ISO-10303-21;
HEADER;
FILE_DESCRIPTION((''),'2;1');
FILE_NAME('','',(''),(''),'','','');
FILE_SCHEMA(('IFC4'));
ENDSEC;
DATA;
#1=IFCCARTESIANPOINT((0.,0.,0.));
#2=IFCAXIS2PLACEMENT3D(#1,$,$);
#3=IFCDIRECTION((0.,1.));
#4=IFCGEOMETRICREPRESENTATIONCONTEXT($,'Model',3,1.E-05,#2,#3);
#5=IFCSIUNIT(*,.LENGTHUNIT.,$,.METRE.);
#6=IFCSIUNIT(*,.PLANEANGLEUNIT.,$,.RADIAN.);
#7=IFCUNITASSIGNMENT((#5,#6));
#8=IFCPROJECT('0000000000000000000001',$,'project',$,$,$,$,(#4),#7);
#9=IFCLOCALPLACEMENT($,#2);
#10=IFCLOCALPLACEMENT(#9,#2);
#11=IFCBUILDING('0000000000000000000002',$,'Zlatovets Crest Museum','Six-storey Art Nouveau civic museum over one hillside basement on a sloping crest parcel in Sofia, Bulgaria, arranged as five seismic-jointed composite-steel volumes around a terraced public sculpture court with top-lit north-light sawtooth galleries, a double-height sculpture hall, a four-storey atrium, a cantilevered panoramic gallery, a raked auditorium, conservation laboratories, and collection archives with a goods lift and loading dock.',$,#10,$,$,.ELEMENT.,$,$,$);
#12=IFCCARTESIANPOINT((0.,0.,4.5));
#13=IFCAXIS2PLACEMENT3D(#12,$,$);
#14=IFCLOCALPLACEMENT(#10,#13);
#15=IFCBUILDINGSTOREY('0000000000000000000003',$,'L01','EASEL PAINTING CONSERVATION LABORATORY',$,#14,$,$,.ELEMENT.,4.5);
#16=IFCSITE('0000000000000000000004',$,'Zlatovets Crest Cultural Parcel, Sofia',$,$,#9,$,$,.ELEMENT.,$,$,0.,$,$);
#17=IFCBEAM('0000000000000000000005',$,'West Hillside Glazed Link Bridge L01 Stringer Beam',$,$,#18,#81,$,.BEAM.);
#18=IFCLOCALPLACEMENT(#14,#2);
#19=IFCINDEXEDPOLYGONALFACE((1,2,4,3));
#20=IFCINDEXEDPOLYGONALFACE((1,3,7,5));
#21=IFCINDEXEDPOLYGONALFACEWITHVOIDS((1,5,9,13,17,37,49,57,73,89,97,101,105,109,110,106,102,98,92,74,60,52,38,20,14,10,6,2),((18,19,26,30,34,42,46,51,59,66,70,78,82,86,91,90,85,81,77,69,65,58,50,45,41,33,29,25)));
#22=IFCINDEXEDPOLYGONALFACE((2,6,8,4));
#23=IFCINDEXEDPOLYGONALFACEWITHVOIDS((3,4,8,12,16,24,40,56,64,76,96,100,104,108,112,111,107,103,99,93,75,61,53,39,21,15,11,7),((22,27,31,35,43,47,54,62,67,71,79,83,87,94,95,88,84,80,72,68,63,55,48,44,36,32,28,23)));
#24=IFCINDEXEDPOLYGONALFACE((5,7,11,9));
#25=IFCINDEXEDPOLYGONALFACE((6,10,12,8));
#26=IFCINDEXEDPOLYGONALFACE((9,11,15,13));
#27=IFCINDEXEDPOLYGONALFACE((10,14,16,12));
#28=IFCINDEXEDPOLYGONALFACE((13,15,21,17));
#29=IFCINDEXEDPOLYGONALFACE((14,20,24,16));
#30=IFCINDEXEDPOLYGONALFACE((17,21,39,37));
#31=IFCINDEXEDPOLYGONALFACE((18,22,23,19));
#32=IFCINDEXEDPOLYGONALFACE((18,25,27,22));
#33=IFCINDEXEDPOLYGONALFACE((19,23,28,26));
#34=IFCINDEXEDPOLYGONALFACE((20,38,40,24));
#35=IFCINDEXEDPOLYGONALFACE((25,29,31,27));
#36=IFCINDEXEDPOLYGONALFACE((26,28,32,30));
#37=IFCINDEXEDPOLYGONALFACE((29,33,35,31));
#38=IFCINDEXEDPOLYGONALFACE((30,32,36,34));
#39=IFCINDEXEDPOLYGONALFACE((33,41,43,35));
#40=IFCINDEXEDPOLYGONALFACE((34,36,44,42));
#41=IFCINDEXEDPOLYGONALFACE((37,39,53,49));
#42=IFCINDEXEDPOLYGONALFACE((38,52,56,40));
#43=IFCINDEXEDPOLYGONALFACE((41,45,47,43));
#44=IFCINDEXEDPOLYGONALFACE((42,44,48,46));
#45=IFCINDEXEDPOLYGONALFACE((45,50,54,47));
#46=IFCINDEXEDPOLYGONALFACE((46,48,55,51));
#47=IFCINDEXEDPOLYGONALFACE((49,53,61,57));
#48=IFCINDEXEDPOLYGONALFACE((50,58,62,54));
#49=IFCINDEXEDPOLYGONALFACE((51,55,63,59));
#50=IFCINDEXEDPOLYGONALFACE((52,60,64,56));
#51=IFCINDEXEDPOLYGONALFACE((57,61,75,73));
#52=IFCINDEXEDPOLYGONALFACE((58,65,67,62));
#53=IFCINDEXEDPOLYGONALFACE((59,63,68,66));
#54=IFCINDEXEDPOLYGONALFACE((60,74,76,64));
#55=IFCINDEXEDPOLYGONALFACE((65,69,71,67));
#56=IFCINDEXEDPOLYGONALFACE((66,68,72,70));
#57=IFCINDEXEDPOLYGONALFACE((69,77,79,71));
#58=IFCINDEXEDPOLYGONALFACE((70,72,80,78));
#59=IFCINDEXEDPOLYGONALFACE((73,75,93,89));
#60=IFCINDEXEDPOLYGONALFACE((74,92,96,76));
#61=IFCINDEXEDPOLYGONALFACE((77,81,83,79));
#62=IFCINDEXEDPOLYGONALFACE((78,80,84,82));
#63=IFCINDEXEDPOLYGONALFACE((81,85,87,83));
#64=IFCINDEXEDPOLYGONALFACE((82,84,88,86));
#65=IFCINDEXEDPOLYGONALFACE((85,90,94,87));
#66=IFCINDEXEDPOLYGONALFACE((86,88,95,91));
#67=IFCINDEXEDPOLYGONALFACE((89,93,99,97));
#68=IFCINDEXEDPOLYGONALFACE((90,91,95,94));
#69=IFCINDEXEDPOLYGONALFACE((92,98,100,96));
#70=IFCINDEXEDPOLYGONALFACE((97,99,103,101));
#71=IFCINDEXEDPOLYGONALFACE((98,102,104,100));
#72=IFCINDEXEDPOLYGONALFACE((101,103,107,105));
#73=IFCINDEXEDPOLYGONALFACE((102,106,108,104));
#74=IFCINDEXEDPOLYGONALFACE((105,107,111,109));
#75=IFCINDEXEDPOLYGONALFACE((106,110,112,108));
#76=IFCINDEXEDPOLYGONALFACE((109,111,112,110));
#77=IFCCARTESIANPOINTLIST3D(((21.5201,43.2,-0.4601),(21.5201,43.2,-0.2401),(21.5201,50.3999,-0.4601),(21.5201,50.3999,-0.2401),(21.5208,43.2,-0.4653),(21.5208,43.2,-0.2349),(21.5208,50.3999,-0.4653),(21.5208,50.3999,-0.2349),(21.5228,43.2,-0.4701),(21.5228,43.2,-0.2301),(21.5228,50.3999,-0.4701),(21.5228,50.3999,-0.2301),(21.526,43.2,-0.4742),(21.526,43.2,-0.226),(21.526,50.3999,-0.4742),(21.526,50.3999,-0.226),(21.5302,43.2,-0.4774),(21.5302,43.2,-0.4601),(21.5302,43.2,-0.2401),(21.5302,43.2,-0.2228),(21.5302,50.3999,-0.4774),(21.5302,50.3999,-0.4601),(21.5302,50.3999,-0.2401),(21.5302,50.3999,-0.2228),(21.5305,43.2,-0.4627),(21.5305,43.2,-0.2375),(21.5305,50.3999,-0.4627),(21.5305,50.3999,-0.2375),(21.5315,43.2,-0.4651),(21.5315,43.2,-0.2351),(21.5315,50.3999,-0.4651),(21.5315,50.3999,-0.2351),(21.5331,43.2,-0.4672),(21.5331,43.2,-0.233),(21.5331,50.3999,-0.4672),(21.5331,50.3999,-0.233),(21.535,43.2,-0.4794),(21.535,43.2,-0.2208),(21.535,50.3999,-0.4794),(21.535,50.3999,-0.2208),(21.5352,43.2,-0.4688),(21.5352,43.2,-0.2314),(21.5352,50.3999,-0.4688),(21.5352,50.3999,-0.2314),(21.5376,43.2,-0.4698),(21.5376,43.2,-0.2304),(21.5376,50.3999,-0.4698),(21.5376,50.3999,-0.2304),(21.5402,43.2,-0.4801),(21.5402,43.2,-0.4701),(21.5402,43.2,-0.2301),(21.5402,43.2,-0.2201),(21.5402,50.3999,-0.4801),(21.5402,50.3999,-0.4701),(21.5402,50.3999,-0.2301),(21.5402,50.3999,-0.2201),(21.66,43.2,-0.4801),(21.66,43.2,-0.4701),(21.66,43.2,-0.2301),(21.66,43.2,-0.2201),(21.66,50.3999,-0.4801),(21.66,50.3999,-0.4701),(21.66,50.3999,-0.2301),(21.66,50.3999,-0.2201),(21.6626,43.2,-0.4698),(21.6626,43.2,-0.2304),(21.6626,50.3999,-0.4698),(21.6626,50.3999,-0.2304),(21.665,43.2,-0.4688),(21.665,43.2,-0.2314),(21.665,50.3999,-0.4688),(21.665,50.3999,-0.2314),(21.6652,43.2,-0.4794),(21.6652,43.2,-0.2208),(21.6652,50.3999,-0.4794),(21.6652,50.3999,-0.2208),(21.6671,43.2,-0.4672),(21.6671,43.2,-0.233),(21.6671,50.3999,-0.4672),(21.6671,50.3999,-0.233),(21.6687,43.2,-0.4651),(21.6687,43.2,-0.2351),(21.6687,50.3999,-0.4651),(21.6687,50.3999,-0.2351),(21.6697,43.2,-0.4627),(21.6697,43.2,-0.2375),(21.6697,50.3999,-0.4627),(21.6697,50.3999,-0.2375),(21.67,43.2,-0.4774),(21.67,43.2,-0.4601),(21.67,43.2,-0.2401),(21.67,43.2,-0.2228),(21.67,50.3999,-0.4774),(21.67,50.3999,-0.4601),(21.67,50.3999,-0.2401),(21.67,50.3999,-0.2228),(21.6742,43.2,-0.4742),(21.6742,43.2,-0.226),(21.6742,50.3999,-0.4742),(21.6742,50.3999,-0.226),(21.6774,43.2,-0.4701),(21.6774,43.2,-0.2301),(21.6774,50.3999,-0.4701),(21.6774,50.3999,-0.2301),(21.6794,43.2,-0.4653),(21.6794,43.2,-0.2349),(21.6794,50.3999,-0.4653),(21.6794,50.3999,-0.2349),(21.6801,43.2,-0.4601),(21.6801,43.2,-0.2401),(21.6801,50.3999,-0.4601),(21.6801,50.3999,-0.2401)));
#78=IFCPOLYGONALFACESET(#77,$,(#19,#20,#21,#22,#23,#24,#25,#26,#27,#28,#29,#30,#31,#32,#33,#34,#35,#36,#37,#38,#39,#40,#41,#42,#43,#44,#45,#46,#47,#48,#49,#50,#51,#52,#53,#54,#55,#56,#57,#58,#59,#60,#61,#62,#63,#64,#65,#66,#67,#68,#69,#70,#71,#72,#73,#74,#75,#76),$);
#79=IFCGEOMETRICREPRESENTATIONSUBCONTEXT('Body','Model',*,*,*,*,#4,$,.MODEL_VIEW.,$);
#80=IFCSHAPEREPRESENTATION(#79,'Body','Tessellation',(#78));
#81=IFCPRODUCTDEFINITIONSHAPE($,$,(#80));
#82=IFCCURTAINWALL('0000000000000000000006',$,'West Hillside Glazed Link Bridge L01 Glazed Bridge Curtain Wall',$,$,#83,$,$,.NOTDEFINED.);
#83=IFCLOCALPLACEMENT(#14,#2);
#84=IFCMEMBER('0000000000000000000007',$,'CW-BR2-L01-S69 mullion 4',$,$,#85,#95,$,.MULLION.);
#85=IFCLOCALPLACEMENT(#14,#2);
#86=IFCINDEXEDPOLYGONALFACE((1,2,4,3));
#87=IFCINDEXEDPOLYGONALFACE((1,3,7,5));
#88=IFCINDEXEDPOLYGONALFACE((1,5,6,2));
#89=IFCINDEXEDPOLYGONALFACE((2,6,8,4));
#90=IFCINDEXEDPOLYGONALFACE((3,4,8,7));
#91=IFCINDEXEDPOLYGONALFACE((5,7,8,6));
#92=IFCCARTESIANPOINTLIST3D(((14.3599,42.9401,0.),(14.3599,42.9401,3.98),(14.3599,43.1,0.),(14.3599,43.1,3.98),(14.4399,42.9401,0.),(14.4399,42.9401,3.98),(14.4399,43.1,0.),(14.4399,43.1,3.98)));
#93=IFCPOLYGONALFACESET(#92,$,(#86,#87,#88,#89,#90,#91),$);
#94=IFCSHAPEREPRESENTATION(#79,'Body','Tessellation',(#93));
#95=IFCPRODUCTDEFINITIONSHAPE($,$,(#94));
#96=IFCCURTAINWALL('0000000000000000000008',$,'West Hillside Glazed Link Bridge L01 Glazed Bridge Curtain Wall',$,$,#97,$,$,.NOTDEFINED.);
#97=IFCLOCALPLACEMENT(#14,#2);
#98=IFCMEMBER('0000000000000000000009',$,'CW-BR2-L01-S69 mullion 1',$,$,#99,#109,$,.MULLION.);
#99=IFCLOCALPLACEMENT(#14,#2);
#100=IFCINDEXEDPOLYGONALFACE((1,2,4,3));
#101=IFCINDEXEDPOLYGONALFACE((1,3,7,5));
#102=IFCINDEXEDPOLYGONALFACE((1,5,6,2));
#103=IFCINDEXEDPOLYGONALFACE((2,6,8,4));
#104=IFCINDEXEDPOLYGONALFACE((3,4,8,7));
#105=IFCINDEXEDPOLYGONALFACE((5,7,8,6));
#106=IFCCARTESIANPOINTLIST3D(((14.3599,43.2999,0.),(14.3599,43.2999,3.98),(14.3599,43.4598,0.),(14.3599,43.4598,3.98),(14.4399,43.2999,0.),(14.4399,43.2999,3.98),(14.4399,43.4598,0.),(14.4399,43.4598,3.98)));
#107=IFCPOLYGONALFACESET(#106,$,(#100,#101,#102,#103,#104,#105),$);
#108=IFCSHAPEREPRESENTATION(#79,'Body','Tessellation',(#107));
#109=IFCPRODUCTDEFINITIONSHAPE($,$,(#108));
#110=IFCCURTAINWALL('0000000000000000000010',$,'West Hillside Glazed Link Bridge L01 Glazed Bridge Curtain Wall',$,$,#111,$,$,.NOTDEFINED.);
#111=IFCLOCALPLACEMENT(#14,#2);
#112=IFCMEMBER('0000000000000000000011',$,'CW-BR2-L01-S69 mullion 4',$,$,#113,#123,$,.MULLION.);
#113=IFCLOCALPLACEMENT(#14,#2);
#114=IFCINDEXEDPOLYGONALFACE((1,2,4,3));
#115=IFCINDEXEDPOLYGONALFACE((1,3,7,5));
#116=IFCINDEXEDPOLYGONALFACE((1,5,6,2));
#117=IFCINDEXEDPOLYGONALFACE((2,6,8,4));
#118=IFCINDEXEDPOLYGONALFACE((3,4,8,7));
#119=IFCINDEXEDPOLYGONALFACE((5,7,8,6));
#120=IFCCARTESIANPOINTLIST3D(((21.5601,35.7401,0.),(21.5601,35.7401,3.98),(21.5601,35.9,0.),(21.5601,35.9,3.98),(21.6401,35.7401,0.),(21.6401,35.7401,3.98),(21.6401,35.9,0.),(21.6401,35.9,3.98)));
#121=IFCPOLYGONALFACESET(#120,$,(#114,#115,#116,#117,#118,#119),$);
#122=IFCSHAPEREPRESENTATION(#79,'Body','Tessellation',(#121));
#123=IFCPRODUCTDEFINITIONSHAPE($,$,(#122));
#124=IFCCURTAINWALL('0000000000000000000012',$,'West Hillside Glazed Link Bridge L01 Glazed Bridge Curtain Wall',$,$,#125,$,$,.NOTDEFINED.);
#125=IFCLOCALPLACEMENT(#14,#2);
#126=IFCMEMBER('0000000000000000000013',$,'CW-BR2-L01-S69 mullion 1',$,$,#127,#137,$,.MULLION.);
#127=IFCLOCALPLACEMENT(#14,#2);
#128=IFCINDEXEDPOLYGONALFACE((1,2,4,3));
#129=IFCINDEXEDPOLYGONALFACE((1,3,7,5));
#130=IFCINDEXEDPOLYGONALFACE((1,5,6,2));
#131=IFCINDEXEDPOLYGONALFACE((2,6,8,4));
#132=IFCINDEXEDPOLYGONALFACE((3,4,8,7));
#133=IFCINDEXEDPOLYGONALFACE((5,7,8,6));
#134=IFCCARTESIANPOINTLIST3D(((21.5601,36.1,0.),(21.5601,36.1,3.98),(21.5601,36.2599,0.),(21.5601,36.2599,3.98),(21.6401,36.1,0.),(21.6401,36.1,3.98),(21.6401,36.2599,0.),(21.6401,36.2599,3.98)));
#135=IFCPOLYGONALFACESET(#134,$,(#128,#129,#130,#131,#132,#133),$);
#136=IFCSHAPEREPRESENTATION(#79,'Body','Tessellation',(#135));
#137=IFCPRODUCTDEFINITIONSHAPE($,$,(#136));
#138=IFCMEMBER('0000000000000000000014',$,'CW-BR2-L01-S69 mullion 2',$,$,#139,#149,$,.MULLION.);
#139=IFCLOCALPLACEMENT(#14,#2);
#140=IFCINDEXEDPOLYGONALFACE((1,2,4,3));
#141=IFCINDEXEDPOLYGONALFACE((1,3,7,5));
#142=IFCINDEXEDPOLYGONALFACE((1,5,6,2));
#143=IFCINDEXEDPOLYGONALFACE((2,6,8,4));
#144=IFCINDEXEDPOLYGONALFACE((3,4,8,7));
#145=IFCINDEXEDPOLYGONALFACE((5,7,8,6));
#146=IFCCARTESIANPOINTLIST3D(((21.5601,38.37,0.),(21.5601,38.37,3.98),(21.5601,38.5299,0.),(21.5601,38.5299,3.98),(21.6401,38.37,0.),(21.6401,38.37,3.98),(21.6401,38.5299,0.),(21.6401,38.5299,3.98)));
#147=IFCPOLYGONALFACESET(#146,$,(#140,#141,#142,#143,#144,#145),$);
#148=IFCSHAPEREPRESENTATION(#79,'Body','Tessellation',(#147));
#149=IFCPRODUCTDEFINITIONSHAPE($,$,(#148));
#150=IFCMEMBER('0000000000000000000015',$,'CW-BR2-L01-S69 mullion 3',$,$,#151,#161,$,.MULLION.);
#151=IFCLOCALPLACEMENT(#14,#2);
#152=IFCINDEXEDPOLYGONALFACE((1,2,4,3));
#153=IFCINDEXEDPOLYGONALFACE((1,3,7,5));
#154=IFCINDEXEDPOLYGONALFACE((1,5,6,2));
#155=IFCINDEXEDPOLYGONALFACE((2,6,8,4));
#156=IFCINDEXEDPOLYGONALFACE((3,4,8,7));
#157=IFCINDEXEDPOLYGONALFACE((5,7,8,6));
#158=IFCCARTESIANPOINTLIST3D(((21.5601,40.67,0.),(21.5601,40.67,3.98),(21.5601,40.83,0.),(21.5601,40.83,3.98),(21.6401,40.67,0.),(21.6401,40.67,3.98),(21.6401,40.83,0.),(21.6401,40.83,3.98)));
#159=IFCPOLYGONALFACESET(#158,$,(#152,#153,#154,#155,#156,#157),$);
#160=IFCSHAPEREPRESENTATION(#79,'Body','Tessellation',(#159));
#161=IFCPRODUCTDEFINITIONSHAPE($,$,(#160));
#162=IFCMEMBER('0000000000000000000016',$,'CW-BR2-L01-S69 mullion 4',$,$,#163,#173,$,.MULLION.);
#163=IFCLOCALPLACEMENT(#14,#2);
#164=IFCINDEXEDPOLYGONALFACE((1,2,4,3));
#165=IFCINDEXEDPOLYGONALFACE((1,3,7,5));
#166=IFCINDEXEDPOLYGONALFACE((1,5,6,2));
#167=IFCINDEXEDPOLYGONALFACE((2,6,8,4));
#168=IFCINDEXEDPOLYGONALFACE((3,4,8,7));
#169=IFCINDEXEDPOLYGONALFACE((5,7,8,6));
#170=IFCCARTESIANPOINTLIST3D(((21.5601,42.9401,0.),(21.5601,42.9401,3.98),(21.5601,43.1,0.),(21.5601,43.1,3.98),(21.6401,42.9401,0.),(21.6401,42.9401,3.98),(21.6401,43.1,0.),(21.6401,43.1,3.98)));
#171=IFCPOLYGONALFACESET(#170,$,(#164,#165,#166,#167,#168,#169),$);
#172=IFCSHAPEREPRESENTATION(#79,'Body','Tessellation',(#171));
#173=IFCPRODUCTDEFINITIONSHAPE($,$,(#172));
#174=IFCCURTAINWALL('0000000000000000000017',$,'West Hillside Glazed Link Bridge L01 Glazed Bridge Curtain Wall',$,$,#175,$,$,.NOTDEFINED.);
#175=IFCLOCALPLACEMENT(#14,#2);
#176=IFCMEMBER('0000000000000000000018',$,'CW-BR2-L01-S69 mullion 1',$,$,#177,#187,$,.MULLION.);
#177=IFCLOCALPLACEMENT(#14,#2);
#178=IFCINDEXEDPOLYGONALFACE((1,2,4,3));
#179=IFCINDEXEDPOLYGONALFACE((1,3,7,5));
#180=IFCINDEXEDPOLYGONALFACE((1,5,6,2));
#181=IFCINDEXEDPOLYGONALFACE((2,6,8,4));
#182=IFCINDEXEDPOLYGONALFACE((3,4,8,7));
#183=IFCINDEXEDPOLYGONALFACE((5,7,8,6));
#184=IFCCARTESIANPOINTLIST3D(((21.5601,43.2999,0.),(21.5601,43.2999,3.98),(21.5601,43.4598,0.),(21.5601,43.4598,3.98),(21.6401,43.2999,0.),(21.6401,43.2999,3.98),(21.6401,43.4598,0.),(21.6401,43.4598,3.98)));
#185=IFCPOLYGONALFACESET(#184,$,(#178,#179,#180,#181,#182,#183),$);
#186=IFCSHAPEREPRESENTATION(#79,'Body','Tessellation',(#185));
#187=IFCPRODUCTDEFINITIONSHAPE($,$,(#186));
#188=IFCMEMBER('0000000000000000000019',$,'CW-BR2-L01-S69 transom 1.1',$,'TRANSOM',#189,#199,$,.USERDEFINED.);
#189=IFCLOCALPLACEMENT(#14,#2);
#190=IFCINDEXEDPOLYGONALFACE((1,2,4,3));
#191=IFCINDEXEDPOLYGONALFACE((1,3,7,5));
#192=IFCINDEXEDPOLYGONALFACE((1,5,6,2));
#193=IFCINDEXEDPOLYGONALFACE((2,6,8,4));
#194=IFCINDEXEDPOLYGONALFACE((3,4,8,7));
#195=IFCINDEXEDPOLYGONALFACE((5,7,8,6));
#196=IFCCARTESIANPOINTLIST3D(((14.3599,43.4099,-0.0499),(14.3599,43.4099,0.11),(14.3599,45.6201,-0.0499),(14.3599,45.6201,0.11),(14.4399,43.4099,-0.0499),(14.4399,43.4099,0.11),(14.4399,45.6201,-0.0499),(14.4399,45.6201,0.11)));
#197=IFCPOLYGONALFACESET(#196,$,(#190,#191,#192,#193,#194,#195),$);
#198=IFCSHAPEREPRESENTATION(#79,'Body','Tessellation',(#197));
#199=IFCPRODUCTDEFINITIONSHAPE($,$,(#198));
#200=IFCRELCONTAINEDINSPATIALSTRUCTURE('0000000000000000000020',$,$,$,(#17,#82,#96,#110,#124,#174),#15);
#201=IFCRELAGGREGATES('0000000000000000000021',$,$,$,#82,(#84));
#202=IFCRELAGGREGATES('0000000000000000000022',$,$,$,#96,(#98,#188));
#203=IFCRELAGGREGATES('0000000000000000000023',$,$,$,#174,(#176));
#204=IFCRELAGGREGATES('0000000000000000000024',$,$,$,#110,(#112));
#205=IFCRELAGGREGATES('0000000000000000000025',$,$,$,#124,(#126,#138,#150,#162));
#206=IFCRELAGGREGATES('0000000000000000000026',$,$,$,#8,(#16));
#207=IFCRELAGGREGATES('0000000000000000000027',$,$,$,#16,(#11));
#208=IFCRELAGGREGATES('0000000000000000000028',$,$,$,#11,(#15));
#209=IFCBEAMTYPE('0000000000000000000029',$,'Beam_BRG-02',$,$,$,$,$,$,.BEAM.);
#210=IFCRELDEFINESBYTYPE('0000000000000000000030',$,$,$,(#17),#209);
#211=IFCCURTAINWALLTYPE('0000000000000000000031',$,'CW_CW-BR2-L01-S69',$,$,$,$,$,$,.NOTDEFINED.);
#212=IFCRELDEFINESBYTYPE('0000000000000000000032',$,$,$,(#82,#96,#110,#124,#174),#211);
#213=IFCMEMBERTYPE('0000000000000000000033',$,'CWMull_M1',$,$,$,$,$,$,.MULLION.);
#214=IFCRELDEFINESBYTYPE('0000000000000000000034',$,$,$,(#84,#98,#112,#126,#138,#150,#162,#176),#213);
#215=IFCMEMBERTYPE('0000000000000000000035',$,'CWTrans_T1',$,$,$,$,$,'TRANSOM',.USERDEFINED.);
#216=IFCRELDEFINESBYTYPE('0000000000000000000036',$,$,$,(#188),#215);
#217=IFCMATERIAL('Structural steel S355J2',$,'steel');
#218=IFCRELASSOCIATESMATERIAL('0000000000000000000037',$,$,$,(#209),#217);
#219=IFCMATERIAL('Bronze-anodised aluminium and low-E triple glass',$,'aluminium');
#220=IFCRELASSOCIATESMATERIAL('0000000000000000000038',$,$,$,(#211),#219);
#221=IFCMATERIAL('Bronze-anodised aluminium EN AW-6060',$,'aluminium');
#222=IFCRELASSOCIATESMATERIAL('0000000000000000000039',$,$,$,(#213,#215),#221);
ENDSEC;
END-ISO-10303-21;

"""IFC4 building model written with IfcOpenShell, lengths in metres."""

from ifc_helpers import new_model, si_unit, direction, frame, origin, origin_2d, place, context, subcontext, project, spatial, rectangle, hollow_rectangle, extrude, material, material_profile, profile_set, type_object, element, aggregate, save


model = new_model("IFC4")

# Units and contexts
model_context = context("Model", 3, precision=1e-05, world=origin(), true_north=direction((0.0, 1.0)))
body_context = subcontext(model_context, "Body", "Model", "MODEL_VIEW")
ifc_project = project(units=[si_unit("LENGTHUNIT", "METRE"), si_unit("PLANEANGLEUNIT", "RADIAN")], contexts=[model_context])

# Site, building, storey
site_placement = place(None, origin())
site = spatial("IfcSite", under=ifc_project, at=site_placement, Name="Zlatovets Crest Cultural Parcel, Sofia", CompositionType="ELEMENT", RefElevation=0.0)
building_placement = place(site_placement, origin())
building = spatial("IfcBuilding", under=site, at=building_placement, Name="Zlatovets Crest Museum", Description="Six-storey Art Nouveau civic museum over one hillside basement on a sloping crest parcel in Sofia, Bulgaria, arranged as five seismic-jointed composite-steel volumes around a terraced public sculpture court with top-lit north-light sawtooth galleries, a double-height sculpture hall, a four-storey atrium, a cantilevered panoramic gallery, a raked auditorium, conservation laboratories, and collection archives with a goods lift and loading dock.", CompositionType="ELEMENT")
storey_placement = place(building_placement, frame((0.0, 0.0, 4.5)))
storey = spatial("IfcBuildingStorey", under=building, at=storey_placement, Name="L01", Description="EASEL PAINTING CONSERVATION LABORATORY", CompositionType="ELEMENT", Elevation=4.5)

# Shared definitions
ifc_material_1 = material(Name="Structural steel S355J2", Category="steel")

# Beam
ifc_material_profile_1 = material_profile(ifc_material_1, hollow_rectangle(XDim=0.1599, YDim=0.26, WallThickness=0.01, InnerFilletRadius=0.01, OuterFilletRadius=0.02, at=origin_2d()), Name="RHS 160x260x10.0")
ifc_profile_set_1 = profile_set([ifc_material_profile_1], Name="Structural steel S355J2")
beam_type_1 = type_object("IfcBeamType", Name="Beam_BRG-02", PredefinedType="BEAM", material=ifc_profile_set_1)
for number, where, z_axis, x_axis, name in (
    (1, (21.6001, 43.2, -0.3501), (0.0, 1.0, 0.0), (-1.0, 0.0, 0.0), "West Hillside Glazed Link Bridge L01 Stringer Beam"),
):
    element("IfcBeam", number, at=place(storey_placement, frame(where, z_axis=z_axis, x_axis=x_axis)), inside=storey, type_object=beam_type_1, Name=name, PredefinedType="BEAM", context=body_context, shape_type="SweptSolid", body=[
        extrude(hollow_rectangle(XDim=0.1599, YDim=0.26, WallThickness=0.01, InnerFilletRadius=0.01, OuterFilletRadius=0.02, at=origin_2d()), origin(), (0.0, 0.0, 1.0), 7.2),
    ])

# Curtain walls, members
ifc_material_2 = material(Name="Bronze-anodised aluminium and low-E triple glass", Category="aluminium")
curtain_wall_type = type_object("IfcCurtainWallType", Name="CW_CW-BR2-L01-S69", PredefinedType="NOTDEFINED", material=ifc_material_2)
curtain_wall_1_placement = place(storey_placement, origin())
curtain_wall_1 = element("IfcCurtainWall", 2, at=curtain_wall_1_placement, inside=storey, type_object=curtain_wall_type, Name="West Hillside Glazed Link Bridge L01 Glazed Bridge Curtain Wall", PredefinedType="NOTDEFINED")
ifc_material_3 = material(Name="Bronze-anodised aluminium EN AW-6060", Category="aluminium")
ifc_material_profile_2 = material_profile(ifc_material_3, rectangle(XDim=0.0801, YDim=0.1599, at=origin_2d()), Name="ALU 80x160")
ifc_profile_set_2 = profile_set([ifc_material_profile_2], Name="Bronze-anodised aluminium EN AW-6060")
member_type_1 = type_object("IfcMemberType", Name="CWMull_M1", PredefinedType="MULLION", material=ifc_profile_set_2)
member_1_placement = place(storey_placement, frame((14.3999, 43.02, 0.0), z_axis=(0.0, 0.0, 1.0), x_axis=(-1.0, 0.0, 0.0)))
member_1 = element("IfcMember", 3, at=member_1_placement, type_object=member_type_1, Name="CW-BR2-L01-S69 mullion 4", PredefinedType="MULLION", context=body_context, shape_type="SweptSolid", body=[
    extrude(rectangle(XDim=0.0801, YDim=0.1599, at=origin_2d()), origin(), (0.0, 0.0, 1.0), 3.98),
])
aggregate(curtain_wall_1, [member_1])
curtain_wall_2_placement = place(storey_placement, origin())
curtain_wall_2 = element("IfcCurtainWall", 4, at=curtain_wall_2_placement, inside=storey, type_object=curtain_wall_type, Name="West Hillside Glazed Link Bridge L01 Glazed Bridge Curtain Wall", PredefinedType="NOTDEFINED")
member_2_placement = place(storey_placement, frame((14.3999, 43.3799, 0.0), z_axis=(0.0, 0.0, 1.0), x_axis=(-1.0, 0.0, 0.0)))
member_2 = element("IfcMember", 5, at=member_2_placement, type_object=member_type_1, Name="CW-BR2-L01-S69 mullion 1", PredefinedType="MULLION", context=body_context, shape_type="SweptSolid", body=[
    extrude(rectangle(XDim=0.0801, YDim=0.1599, at=origin_2d()), origin(), (0.0, 0.0, 1.0), 3.98),
])
curtain_wall_3_placement = place(storey_placement, origin())
curtain_wall_3 = element("IfcCurtainWall", 6, at=curtain_wall_3_placement, inside=storey, type_object=curtain_wall_type, Name="West Hillside Glazed Link Bridge L01 Glazed Bridge Curtain Wall", PredefinedType="NOTDEFINED")
member_3_placement = place(storey_placement, frame((21.6001, 35.8201, 0.0), z_axis=(0.0, 0.0, 1.0), x_axis=(-1.0, 0.0, 0.0)))
member_3 = element("IfcMember", 7, at=member_3_placement, type_object=member_type_1, Name="CW-BR2-L01-S69 mullion 4", PredefinedType="MULLION", context=body_context, shape_type="SweptSolid", body=[
    extrude(rectangle(XDim=0.0801, YDim=0.1599, at=origin_2d()), origin(), (0.0, 0.0, 1.0), 3.98),
])

# Curtain wall, members
curtain_wall_4_placement = place(storey_placement, origin())
curtain_wall_4 = element("IfcCurtainWall", 8, at=curtain_wall_4_placement, inside=storey, type_object=curtain_wall_type, Name="West Hillside Glazed Link Bridge L01 Glazed Bridge Curtain Wall", PredefinedType="NOTDEFINED")
member_4_placement = place(storey_placement, frame((21.6001, 36.1799, 0.0), z_axis=(0.0, 0.0, 1.0), x_axis=(-1.0, 0.0, 0.0)))
member_4 = element("IfcMember", 9, at=member_4_placement, type_object=member_type_1, Name="CW-BR2-L01-S69 mullion 1", PredefinedType="MULLION", context=body_context, shape_type="SweptSolid", body=[
    extrude(rectangle(XDim=0.0801, YDim=0.1599, at=origin_2d()), origin(), (0.0, 0.0, 1.0), 3.98),
])
member_5_placement = place(storey_placement, frame((21.6001, 38.45, 0.0), z_axis=(0.0, 0.0, 1.0), x_axis=(-1.0, 0.0, 0.0)))
member_5 = element("IfcMember", 10, at=member_5_placement, type_object=member_type_1, Name="CW-BR2-L01-S69 mullion 2", PredefinedType="MULLION", context=body_context, shape_type="SweptSolid", body=[
    extrude(rectangle(XDim=0.0801, YDim=0.1599, at=origin_2d()), origin(), (0.0, 0.0, 1.0), 3.98),
])
member_6_placement = place(storey_placement, frame((21.6001, 40.75, 0.0), z_axis=(0.0, 0.0, 1.0), x_axis=(-1.0, 0.0, 0.0)))
member_6 = element("IfcMember", 11, at=member_6_placement, type_object=member_type_1, Name="CW-BR2-L01-S69 mullion 3", PredefinedType="MULLION", context=body_context, shape_type="SweptSolid", body=[
    extrude(rectangle(XDim=0.0801, YDim=0.1599, at=origin_2d()), origin(), (0.0, 0.0, 1.0), 3.98),
])
member_7_placement = place(storey_placement, frame((21.6001, 43.02, 0.0), z_axis=(0.0, 0.0, 1.0), x_axis=(-1.0, 0.0, 0.0)))
member_7 = element("IfcMember", 12, at=member_7_placement, type_object=member_type_1, Name="CW-BR2-L01-S69 mullion 4", PredefinedType="MULLION", context=body_context, shape_type="SweptSolid", body=[
    extrude(rectangle(XDim=0.0801, YDim=0.1599, at=origin_2d()), origin(), (0.0, 0.0, 1.0), 3.98),
])

# Curtain wall, member
curtain_wall_5_placement = place(storey_placement, origin())
curtain_wall_5 = element("IfcCurtainWall", 13, at=curtain_wall_5_placement, inside=storey, type_object=curtain_wall_type, Name="West Hillside Glazed Link Bridge L01 Glazed Bridge Curtain Wall", PredefinedType="NOTDEFINED")
member_8_placement = place(storey_placement, frame((21.6001, 43.3799, 0.0), z_axis=(0.0, 0.0, 1.0), x_axis=(-1.0, 0.0, 0.0)))
member_8 = element("IfcMember", 14, at=member_8_placement, type_object=member_type_1, Name="CW-BR2-L01-S69 mullion 1", PredefinedType="MULLION", context=body_context, shape_type="SweptSolid", body=[
    extrude(rectangle(XDim=0.0801, YDim=0.1599, at=origin_2d()), origin(), (0.0, 0.0, 1.0), 3.98),
])

# Member
ifc_material_profile_3 = material_profile(ifc_material_3, rectangle(XDim=0.0801, YDim=0.1599, at=origin_2d()), Name="ALU 80x160")
ifc_profile_set_3 = profile_set([ifc_material_profile_3], Name="Bronze-anodised aluminium EN AW-6060")
member_type_2 = type_object("IfcMemberType", Name="CWTrans_T1", ElementType="TRANSOM", PredefinedType="USERDEFINED", material=ifc_profile_set_3)
member_9_placement = place(storey_placement, frame((14.3999, 43.4099, 0.03), z_axis=(0.0, 1.0, 0.0), x_axis=(-1.0, 0.0, 0.0)))
member_9 = element("IfcMember", 15, at=member_9_placement, type_object=member_type_2, Name="CW-BR2-L01-S69 transom 1.1", ObjectType="TRANSOM", PredefinedType="USERDEFINED", context=body_context, shape_type="SweptSolid", body=[
    extrude(rectangle(XDim=0.0801, YDim=0.1599, at=origin_2d()), origin(), (0.0, 0.0, 1.0), 2.2102),
])
aggregate(curtain_wall_2, [member_2, member_9])
aggregate(curtain_wall_5, [member_8])

aggregate(curtain_wall_3, [member_3])
aggregate(curtain_wall_4, [member_4, member_5, member_6, member_7])

save(model, "model.ifc")
